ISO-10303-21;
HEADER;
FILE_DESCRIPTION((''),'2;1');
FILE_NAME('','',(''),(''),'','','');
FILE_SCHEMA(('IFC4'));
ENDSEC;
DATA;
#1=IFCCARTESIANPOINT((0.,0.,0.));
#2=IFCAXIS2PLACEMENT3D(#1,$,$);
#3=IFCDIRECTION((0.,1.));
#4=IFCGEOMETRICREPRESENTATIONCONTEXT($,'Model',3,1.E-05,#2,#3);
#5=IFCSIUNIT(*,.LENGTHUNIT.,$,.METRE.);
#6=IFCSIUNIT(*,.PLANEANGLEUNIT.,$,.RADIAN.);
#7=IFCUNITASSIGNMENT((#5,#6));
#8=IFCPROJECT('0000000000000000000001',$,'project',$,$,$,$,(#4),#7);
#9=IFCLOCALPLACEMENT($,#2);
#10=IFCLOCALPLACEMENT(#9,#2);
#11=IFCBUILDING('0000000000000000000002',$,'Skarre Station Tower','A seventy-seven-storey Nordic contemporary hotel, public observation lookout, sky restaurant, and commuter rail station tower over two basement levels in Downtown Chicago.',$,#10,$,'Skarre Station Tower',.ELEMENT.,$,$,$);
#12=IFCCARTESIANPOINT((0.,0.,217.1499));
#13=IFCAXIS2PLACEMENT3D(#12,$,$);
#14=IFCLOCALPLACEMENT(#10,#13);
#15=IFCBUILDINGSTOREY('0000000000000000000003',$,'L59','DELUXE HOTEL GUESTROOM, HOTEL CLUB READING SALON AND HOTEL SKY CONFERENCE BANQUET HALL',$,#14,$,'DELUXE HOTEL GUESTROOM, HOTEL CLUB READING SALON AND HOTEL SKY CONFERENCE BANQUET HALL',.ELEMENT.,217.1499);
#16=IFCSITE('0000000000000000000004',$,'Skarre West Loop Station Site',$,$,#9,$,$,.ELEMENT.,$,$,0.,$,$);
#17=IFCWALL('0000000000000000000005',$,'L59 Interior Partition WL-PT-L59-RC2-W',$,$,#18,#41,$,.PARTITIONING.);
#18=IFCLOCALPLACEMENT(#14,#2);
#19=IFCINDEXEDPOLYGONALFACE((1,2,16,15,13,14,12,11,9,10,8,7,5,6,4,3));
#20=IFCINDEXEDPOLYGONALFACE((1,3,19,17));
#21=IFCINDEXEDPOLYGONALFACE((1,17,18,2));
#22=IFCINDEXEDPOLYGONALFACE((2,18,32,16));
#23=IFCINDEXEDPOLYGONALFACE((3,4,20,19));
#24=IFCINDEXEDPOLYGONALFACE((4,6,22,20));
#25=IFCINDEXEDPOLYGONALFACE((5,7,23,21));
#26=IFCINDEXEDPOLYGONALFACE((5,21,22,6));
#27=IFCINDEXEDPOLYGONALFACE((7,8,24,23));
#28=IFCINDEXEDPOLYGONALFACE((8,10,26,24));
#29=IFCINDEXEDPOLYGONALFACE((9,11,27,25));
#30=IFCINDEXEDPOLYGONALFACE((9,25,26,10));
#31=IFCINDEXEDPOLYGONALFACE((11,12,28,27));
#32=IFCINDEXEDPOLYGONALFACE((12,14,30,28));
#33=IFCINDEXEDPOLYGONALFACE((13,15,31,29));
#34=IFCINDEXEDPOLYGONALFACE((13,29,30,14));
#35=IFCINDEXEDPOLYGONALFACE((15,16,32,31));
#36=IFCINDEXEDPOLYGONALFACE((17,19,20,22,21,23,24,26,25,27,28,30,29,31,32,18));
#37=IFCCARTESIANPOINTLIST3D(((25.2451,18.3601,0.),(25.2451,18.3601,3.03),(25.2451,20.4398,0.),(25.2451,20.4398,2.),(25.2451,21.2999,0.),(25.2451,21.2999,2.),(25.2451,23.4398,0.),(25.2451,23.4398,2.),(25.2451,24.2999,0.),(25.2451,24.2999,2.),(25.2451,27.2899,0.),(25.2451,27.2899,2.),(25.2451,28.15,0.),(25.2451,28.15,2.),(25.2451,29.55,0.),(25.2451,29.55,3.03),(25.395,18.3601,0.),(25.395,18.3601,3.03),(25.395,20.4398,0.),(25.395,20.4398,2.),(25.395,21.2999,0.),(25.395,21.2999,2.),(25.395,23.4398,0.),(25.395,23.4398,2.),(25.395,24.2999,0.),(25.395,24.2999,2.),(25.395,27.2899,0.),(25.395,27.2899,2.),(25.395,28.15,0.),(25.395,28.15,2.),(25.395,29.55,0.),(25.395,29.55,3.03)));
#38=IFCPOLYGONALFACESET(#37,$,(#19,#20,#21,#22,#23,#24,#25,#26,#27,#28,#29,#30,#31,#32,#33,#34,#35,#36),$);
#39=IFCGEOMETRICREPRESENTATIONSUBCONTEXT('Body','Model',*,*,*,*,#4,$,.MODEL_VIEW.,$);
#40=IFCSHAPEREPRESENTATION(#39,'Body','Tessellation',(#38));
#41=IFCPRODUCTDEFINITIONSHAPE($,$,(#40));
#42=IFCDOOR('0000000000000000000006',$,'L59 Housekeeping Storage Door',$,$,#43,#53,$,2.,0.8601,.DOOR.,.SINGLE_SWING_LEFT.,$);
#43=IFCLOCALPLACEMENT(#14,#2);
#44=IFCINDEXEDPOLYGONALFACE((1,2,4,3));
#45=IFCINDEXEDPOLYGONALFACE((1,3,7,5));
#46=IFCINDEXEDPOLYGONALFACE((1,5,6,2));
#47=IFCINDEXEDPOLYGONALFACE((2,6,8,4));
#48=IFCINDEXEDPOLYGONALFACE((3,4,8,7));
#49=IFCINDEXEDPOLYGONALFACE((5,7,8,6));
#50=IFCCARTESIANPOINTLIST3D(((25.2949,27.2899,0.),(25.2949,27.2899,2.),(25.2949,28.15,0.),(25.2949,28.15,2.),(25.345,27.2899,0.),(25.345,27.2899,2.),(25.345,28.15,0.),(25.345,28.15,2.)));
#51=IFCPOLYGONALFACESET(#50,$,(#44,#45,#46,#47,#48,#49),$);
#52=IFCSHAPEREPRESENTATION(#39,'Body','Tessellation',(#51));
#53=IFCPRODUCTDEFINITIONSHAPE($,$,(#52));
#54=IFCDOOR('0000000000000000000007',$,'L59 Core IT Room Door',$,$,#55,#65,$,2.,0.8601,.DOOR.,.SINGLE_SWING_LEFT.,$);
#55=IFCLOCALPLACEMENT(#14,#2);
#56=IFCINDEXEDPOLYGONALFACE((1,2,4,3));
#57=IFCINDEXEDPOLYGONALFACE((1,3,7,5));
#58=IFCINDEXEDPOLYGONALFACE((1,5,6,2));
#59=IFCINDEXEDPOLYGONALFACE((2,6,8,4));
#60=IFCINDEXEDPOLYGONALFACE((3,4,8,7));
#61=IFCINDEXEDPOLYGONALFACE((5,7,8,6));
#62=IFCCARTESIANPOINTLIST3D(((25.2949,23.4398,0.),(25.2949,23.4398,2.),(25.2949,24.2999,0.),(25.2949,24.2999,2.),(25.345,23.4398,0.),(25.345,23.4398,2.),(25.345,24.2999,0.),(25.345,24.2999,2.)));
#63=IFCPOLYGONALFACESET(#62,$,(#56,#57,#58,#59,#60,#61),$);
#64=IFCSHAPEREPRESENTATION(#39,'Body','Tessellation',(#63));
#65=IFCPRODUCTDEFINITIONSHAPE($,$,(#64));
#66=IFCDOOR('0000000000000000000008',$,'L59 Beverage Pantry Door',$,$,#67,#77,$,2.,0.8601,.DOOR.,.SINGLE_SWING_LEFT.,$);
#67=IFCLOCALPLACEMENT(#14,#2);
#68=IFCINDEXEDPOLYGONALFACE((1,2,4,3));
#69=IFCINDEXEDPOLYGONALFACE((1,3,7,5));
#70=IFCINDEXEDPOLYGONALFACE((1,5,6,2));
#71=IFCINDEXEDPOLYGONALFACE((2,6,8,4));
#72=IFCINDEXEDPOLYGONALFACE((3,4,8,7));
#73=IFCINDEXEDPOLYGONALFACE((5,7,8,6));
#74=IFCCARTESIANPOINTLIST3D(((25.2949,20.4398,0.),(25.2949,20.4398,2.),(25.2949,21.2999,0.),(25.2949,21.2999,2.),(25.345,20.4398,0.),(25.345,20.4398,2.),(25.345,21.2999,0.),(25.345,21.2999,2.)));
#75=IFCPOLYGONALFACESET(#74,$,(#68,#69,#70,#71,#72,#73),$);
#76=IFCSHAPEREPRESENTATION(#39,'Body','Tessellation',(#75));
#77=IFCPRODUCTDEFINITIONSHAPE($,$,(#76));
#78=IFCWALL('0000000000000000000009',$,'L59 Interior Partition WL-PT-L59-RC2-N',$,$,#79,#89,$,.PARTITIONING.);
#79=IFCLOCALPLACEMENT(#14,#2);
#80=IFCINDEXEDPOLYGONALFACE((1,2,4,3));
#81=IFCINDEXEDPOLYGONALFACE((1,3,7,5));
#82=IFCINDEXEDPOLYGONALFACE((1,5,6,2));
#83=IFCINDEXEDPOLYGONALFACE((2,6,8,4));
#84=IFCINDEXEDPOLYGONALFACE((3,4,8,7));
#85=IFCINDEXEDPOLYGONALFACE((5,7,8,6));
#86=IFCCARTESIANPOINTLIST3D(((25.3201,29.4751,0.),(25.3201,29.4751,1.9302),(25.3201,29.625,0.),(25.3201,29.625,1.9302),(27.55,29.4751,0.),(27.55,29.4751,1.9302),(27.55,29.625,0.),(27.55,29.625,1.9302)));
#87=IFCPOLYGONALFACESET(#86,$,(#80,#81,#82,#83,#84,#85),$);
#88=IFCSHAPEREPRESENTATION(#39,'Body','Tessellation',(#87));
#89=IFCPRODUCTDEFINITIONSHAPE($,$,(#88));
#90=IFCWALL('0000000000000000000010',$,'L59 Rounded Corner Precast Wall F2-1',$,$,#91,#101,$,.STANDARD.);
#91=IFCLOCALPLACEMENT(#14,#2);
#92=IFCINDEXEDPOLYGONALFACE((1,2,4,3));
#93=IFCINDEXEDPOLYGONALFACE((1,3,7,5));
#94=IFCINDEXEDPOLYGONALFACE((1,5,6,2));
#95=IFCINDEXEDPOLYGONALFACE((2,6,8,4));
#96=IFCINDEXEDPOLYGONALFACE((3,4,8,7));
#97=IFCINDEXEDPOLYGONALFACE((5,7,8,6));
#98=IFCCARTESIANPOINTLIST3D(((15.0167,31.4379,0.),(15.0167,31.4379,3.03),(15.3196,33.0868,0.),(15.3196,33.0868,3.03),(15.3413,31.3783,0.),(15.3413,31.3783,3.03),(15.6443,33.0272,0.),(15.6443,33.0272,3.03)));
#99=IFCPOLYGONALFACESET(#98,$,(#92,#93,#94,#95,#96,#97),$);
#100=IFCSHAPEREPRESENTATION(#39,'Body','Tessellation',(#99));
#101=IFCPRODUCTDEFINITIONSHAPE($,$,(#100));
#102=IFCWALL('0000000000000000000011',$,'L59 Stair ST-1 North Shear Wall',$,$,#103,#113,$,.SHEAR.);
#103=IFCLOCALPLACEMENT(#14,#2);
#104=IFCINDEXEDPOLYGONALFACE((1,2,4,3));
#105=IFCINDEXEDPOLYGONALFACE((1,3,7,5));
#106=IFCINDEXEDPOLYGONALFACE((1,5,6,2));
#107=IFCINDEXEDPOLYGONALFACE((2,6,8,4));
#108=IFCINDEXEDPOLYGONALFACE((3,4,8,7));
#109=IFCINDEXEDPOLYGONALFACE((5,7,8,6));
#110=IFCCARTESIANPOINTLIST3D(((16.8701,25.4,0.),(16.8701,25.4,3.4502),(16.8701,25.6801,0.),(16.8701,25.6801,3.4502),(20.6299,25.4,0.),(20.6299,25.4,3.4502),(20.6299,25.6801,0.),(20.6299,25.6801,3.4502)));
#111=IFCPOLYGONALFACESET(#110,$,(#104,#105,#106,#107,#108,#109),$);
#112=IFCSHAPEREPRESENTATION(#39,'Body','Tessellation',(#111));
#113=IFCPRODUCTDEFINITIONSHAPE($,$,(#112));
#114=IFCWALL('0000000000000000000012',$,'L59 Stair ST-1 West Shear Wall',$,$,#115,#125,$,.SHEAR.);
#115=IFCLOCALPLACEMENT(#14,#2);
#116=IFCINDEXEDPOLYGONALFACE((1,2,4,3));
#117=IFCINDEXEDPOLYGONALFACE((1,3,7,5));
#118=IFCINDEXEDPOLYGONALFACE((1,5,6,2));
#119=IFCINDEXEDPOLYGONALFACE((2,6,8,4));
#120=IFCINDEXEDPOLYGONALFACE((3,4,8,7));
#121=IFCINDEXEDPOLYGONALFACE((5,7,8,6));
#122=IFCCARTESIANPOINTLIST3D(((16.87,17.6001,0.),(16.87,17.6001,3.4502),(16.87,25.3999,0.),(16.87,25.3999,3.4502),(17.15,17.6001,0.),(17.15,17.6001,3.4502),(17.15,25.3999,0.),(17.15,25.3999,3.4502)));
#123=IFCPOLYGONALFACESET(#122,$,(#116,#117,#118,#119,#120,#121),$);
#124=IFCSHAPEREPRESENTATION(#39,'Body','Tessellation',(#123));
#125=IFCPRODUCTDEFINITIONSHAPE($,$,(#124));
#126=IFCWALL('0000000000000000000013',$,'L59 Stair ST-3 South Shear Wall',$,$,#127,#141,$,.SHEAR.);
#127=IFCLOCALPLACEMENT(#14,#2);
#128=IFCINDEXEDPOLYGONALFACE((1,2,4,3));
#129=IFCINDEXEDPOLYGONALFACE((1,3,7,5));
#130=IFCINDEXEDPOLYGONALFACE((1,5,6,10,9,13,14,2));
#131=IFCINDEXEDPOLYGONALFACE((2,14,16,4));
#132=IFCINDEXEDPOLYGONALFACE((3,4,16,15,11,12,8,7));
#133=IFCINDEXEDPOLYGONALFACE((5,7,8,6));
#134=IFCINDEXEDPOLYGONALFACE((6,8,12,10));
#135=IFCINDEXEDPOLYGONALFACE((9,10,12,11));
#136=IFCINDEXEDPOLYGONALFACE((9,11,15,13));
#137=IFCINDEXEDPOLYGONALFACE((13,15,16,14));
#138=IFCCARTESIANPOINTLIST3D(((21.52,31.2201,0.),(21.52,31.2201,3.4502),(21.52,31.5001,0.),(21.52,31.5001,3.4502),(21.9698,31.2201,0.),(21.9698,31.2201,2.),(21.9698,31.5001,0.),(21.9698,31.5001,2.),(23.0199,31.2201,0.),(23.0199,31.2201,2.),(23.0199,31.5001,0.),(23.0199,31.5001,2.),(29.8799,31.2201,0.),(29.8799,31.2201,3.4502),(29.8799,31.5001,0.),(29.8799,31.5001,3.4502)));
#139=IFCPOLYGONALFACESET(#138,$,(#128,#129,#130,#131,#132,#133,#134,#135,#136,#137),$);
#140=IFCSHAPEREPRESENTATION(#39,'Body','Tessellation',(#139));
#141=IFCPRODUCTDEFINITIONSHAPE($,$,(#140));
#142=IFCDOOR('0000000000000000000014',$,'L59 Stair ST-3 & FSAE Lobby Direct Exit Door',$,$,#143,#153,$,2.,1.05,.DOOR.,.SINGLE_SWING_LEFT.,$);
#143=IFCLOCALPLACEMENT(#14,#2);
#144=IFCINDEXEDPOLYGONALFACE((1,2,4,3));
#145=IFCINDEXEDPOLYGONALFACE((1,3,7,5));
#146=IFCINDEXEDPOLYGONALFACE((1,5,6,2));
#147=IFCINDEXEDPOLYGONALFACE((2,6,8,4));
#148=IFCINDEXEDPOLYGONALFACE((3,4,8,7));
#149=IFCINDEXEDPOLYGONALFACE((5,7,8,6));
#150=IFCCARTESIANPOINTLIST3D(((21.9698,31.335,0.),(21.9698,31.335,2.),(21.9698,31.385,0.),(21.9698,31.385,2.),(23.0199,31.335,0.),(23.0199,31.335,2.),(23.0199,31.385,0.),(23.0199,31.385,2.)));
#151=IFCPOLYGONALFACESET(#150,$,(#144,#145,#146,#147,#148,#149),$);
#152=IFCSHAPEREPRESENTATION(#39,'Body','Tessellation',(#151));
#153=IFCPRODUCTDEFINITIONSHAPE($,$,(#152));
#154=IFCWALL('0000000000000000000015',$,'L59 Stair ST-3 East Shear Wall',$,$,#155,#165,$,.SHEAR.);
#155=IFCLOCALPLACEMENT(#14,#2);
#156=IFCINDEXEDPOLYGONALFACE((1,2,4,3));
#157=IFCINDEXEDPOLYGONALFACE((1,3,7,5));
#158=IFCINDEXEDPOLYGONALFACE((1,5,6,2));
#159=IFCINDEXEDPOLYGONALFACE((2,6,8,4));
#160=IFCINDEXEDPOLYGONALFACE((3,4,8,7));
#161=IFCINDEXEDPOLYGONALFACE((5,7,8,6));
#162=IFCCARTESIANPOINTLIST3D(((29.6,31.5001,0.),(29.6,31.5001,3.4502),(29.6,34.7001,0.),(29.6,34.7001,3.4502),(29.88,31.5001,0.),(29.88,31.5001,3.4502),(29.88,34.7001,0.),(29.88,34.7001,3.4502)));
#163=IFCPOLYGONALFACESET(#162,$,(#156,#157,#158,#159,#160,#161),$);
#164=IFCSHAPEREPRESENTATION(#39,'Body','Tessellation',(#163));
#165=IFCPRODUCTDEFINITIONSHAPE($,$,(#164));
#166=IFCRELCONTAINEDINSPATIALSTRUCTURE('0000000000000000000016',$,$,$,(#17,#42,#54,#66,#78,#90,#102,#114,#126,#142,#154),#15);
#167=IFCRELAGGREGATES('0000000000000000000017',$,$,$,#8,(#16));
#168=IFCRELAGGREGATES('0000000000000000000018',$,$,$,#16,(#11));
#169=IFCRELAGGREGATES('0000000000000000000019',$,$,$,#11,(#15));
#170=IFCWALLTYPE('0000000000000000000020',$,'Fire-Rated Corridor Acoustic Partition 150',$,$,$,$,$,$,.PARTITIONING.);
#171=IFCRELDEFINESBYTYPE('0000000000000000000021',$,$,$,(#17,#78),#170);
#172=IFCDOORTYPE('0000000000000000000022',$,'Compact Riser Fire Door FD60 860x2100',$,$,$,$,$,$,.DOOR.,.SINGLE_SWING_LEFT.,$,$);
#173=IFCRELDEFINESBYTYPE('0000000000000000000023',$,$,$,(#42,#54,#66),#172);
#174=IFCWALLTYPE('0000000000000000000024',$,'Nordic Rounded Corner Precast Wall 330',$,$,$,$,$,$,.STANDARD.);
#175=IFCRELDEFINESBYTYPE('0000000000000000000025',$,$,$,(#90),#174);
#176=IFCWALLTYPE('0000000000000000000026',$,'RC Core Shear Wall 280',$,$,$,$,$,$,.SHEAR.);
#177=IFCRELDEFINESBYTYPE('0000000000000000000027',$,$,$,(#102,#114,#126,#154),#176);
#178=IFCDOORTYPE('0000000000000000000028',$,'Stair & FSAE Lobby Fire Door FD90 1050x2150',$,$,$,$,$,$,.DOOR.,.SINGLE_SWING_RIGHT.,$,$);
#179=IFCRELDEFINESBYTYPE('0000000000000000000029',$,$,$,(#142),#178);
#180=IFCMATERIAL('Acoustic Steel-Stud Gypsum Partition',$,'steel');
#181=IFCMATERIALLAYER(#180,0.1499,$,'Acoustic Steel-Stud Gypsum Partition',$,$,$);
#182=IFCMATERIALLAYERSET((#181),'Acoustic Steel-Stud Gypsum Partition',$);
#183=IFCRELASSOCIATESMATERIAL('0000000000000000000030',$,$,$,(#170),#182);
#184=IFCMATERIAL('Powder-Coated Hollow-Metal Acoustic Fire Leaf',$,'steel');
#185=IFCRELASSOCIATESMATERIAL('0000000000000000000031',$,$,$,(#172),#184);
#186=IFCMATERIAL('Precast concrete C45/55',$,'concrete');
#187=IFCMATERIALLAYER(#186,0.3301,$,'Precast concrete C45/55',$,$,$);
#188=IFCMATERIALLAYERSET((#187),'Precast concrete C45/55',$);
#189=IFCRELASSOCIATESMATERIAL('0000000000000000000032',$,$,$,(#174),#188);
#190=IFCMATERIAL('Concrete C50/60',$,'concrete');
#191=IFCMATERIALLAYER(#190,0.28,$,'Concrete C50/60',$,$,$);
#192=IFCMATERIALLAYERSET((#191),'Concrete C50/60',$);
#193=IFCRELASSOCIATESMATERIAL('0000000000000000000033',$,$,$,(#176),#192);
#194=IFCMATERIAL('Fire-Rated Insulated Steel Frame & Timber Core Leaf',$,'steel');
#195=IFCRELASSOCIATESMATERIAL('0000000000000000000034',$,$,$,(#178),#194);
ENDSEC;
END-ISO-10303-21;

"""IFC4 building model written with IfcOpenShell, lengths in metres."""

from ifc_helpers import new_model, si_unit, direction, frame, frame_2d, origin, place, context, subcontext, project, spatial, rectangle, extrude, material, layer, layer_set, type_object, element, fill, save


model = new_model("IFC4")

# Units and contexts
model_context = context("Model", 3, precision=1e-05, world=origin(), true_north=direction((0.0, 1.0)))
body_context = subcontext(model_context, "Body", "Model", "MODEL_VIEW")
ifc_project = project(units=[si_unit("LENGTHUNIT", "METRE"), si_unit("PLANEANGLEUNIT", "RADIAN")], contexts=[model_context])

# Site, building, storey
site_placement = place(None, origin())
site = spatial("IfcSite", under=ifc_project, at=site_placement, Name="Skarre West Loop Station Site", CompositionType="ELEMENT", RefElevation=0.0)
building_placement = place(site_placement, origin())
building = spatial("IfcBuilding", under=site, at=building_placement, Name="Skarre Station Tower", Description="A seventy-seven-storey Nordic contemporary hotel, public observation lookout, sky restaurant, and commuter rail station tower over two basement levels in Downtown Chicago.", LongName="Skarre Station Tower", CompositionType="ELEMENT")
storey_placement = place(building_placement, frame((0.0, 0.0, 217.1499)))
storey = spatial("IfcBuildingStorey", under=building, at=storey_placement, Name="L59", Description="DELUXE HOTEL GUESTROOM, HOTEL CLUB READING SALON AND HOTEL SKY CONFERENCE BANQUET HALL", LongName="DELUXE HOTEL GUESTROOM, HOTEL CLUB READING SALON AND HOTEL SKY CONFERENCE BANQUET HALL", CompositionType="ELEMENT", Elevation=217.1499)

# Shared definitions
ifc_material_1 = material(Name="Concrete C50/60", Category="concrete")

# Shared definitions
ifc_material_2 = material(Name="Acoustic Steel-Stud Gypsum Partition", Category="steel")
ifc_layer_1 = layer(ifc_material_2, 0.1499, Name="Acoustic Steel-Stud Gypsum Partition")
ifc_layer_set_1 = layer_set([ifc_layer_1], Name="Acoustic Steel-Stud Gypsum Partition")
wall_type_1 = type_object("IfcWallType", Name="Fire-Rated Corridor Acoustic Partition 150", PredefinedType="PARTITIONING", material=ifc_layer_set_1)

# Wall, openings, doors
wall_1_placement = place(storey_placement, frame((25.3201, 29.55, 0.0), z_axis=(0.0, 0.0, 1.0), x_axis=(0.0, -1.0, 0.0)))
wall_1 = element("IfcWall", 1, at=wall_1_placement, inside=storey, type_object=wall_type_1, Name="L59 Interior Partition WL-PT-L59-RC2-W", PredefinedType="PARTITIONING", context=body_context, shape_type="SweptSolid", body=[
    extrude(rectangle(XDim=11.1899, YDim=0.1499, at=frame_2d((5.595, 0.0))), origin(), (0.0, 0.0, 1.0), 3.03),
])
opening_1_placement = place(wall_1_placement, frame((1.3999, 0.0, 0.0)))
opening_1 = element("IfcOpeningElement", 2, at=opening_1_placement, cuts=wall_1, PredefinedType="OPENING", context=body_context, shape_type="SweptSolid", body=[
    extrude(rectangle(XDim=0.8601, YDim=2.0, at=frame_2d((0.4302, 1.0))), frame((0.0, 0.085, 0.0), z_axis=(0.0, -1.0, 0.0), x_axis=(1.0, 0.0, 0.0)), (0.0, 0.0, 1.0), 0.1699),
])
opening_2_placement = place(wall_1_placement, frame((5.25, 0.0, 0.0)))
opening_2 = element("IfcOpeningElement", 3, at=opening_2_placement, cuts=wall_1, PredefinedType="OPENING", context=body_context, shape_type="SweptSolid", body=[
    extrude(rectangle(XDim=0.8601, YDim=2.0, at=frame_2d((0.4302, 1.0))), frame((0.0, 0.085, 0.0), z_axis=(0.0, -1.0, 0.0), x_axis=(1.0, 0.0, 0.0)), (0.0, 0.0, 1.0), 0.1699),
])
opening_3_placement = place(wall_1_placement, frame((8.25, 0.0, 0.0)))
opening_3 = element("IfcOpeningElement", 4, at=opening_3_placement, cuts=wall_1, PredefinedType="OPENING", context=body_context, shape_type="SweptSolid", body=[
    extrude(rectangle(XDim=0.8601, YDim=2.0, at=frame_2d((0.4302, 1.0))), frame((0.0, 0.085, 0.0), z_axis=(0.0, -1.0, 0.0), x_axis=(1.0, 0.0, 0.0)), (0.0, 0.0, 1.0), 0.1699),
])
ifc_material_3 = material(Name="Powder-Coated Hollow-Metal Acoustic Fire Leaf", Category="steel")
door_type_1 = type_object("IfcDoorType", Name="Compact Riser Fire Door FD60 860x2100", OperationType="SINGLE_SWING_LEFT", PredefinedType="DOOR", material=ifc_material_3)
door_1_placement = place(opening_1_placement, origin())
door_1 = element("IfcDoor", 5, at=door_1_placement, inside=storey, type_object=door_type_1, Name="L59 Housekeeping Storage Door", OperationType="SINGLE_SWING_LEFT", OverallHeight=2.0, OverallWidth=0.8601, PredefinedType="DOOR", context=body_context, shape_type="SweptSolid", body=[
    extrude(rectangle(XDim=0.8601, YDim=2.0, at=frame_2d((0.4302, 1.0))), frame((0.0, 0.0249, 0.0), z_axis=(0.0, -1.0, 0.0), x_axis=(1.0, 0.0, 0.0)), (0.0, 0.0, 1.0), 0.05),
])
fill(opening_1, door_1)
door_2_placement = place(opening_2_placement, origin())
door_2 = element("IfcDoor", 6, at=door_2_placement, inside=storey, type_object=door_type_1, Name="L59 Core IT Room Door", OperationType="SINGLE_SWING_LEFT", OverallHeight=2.0, OverallWidth=0.8601, PredefinedType="DOOR", context=body_context, shape_type="SweptSolid", body=[
    extrude(rectangle(XDim=0.8601, YDim=2.0, at=frame_2d((0.4302, 1.0))), frame((0.0, 0.0249, 0.0), z_axis=(0.0, -1.0, 0.0), x_axis=(1.0, 0.0, 0.0)), (0.0, 0.0, 1.0), 0.05),
])
fill(opening_2, door_2)
door_3_placement = place(opening_3_placement, origin())
door_3 = element("IfcDoor", 7, at=door_3_placement, inside=storey, type_object=door_type_1, Name="L59 Beverage Pantry Door", OperationType="SINGLE_SWING_LEFT", OverallHeight=2.0, OverallWidth=0.8601, PredefinedType="DOOR", context=body_context, shape_type="SweptSolid", body=[
    extrude(rectangle(XDim=0.8601, YDim=2.0, at=frame_2d((0.4302, 1.0))), frame((0.0, 0.0249, 0.0), z_axis=(0.0, -1.0, 0.0), x_axis=(1.0, 0.0, 0.0)), (0.0, 0.0, 1.0), 0.05),
])
fill(opening_3, door_3)

# Walls
wall_2_placement = place(storey_placement, frame((27.55, 29.55, 0.0), z_axis=(0.0, 0.0, 1.0), x_axis=(-1.0, 0.0, 0.0)))
element("IfcWall", 8, at=wall_2_placement, inside=storey, type_object=wall_type_1, Name="L59 Interior Partition WL-PT-L59-RC2-N", PredefinedType="PARTITIONING", context=body_context, shape_type="SweptSolid", body=[
    extrude(rectangle(XDim=2.23, YDim=0.1499, at=frame_2d((1.115, 0.0))), origin(), (0.0, 0.0, 1.0), 1.9302),
])
ifc_material_4 = material(Name="Precast concrete C45/55", Category="concrete")
ifc_layer_2 = layer(ifc_material_4, 0.3301, Name="Precast concrete C45/55")
ifc_layer_set_2 = layer_set([ifc_layer_2], Name="Precast concrete C45/55")
wall_type_2 = type_object("IfcWallType", Name="Nordic Rounded Corner Precast Wall 330", PredefinedType="STANDARD", material=ifc_layer_set_2)
wall_3_placement = place(storey_placement, frame((15.179, 31.408, 0.0), z_axis=(0.0, 0.0, 1.0), x_axis=(0.180718, 0.983535, 0.0)))
element("IfcWall", 9, at=wall_3_placement, inside=storey, type_object=wall_type_2, Name="L59 Rounded Corner Precast Wall F2-1", PredefinedType="STANDARD", context=body_context, shape_type="SweptSolid", body=[
    extrude(rectangle(XDim=1.6765, YDim=0.3301, at=frame_2d((0.8384, 0.0))), origin(), (0.0, 0.0, 1.0), 3.03),
])
ifc_layer_3 = layer(ifc_material_1, 0.28, Name="Concrete C50/60")
ifc_layer_set_3 = layer_set([ifc_layer_3], Name="Concrete C50/60")
wall_type_3 = type_object("IfcWallType", Name="RC Core Shear Wall 280", PredefinedType="SHEAR", material=ifc_layer_set_3)
wall_4_placement = place(storey_placement, frame((20.6299, 25.54, 0.0), z_axis=(0.0, 0.0, 1.0), x_axis=(-1.0, 0.0, 0.0)))
element("IfcWall", 10, at=wall_4_placement, inside=storey, type_object=wall_type_3, Name="L59 Stair ST-1 North Shear Wall", PredefinedType="SHEAR", context=body_context, shape_type="SweptSolid", body=[
    extrude(rectangle(XDim=3.7598, YDim=0.28, at=frame_2d((1.8799, 0.0))), origin(), (0.0, 0.0, 1.0), 3.4502),
])
wall_5_placement = place(storey_placement, frame((17.01, 25.3999, 0.0), z_axis=(0.0, 0.0, 1.0), x_axis=(0.0, -1.0, 0.0)))
element("IfcWall", 11, at=wall_5_placement, inside=storey, type_object=wall_type_3, Name="L59 Stair ST-1 West Shear Wall", PredefinedType="SHEAR", context=body_context, shape_type="SweptSolid", body=[
    extrude(rectangle(XDim=7.7998, YDim=0.28, at=frame_2d((3.8999, 0.0))), origin(), (0.0, 0.0, 1.0), 3.4502),
])

# Wall, opening, door
wall_6_placement = place(storey_placement, frame((21.52, 31.3601, 0.0), z_axis=(0.0, 0.0, 1.0), x_axis=(1.0, 0.0, 0.0)))
wall_6 = element("IfcWall", 12, at=wall_6_placement, inside=storey, type_object=wall_type_3, Name="L59 Stair ST-3 South Shear Wall", PredefinedType="SHEAR", context=body_context, shape_type="SweptSolid", body=[
    extrude(rectangle(XDim=8.3599, YDim=0.28, at=frame_2d((4.1799, 0.0))), origin(), (0.0, 0.0, 1.0), 3.4502),
])
opening_4_placement = place(wall_6_placement, frame((0.45, 0.0, 0.0)))
opening_4 = element("IfcOpeningElement", 13, at=opening_4_placement, cuts=wall_6, PredefinedType="OPENING", context=body_context, shape_type="SweptSolid", body=[
    extrude(rectangle(XDim=1.05, YDim=2.0, at=frame_2d((0.5249, 1.0))), frame((0.0, 0.1499, 0.0), z_axis=(0.0, -1.0, 0.0), x_axis=(1.0, 0.0, 0.0)), (0.0, 0.0, 1.0), 0.3),
])
ifc_material_5 = material(Name="Fire-Rated Insulated Steel Frame & Timber Core Leaf", Category="steel")
door_type_2 = type_object("IfcDoorType", Name="Stair & FSAE Lobby Fire Door FD90 1050x2150", OperationType="SINGLE_SWING_RIGHT", PredefinedType="DOOR", material=ifc_material_5)
door_4_placement = place(opening_4_placement, origin())
door_4 = element("IfcDoor", 14, at=door_4_placement, inside=storey, type_object=door_type_2, Name="L59 Stair ST-3 & FSAE Lobby Direct Exit Door", OperationType="SINGLE_SWING_LEFT", OverallHeight=2.0, OverallWidth=1.05, PredefinedType="DOOR", context=body_context, shape_type="SweptSolid", body=[
    extrude(rectangle(XDim=1.05, YDim=2.0, at=frame_2d((0.5249, 1.0))), frame((0.0, 0.0249, 0.0), z_axis=(0.0, -1.0, 0.0), x_axis=(1.0, 0.0, 0.0)), (0.0, 0.0, 1.0), 0.05),
])
fill(opening_4, door_4)

# Wall
wall_7_placement = place(storey_placement, frame((29.74, 31.5, 0.0), z_axis=(0.0, 0.0, 1.0), x_axis=(0.0, 1.0, 0.0)))
element("IfcWall", 15, at=wall_7_placement, inside=storey, type_object=wall_type_3, Name="L59 Stair ST-3 East Shear Wall", PredefinedType="SHEAR", context=body_context, shape_type="SweptSolid", body=[
    extrude(rectangle(XDim=3.2, YDim=0.28, at=frame_2d((1.6001, 0.0))), origin(), (0.0, 0.0, 1.0), 3.4502),
])

save(model, "model.ifc")
